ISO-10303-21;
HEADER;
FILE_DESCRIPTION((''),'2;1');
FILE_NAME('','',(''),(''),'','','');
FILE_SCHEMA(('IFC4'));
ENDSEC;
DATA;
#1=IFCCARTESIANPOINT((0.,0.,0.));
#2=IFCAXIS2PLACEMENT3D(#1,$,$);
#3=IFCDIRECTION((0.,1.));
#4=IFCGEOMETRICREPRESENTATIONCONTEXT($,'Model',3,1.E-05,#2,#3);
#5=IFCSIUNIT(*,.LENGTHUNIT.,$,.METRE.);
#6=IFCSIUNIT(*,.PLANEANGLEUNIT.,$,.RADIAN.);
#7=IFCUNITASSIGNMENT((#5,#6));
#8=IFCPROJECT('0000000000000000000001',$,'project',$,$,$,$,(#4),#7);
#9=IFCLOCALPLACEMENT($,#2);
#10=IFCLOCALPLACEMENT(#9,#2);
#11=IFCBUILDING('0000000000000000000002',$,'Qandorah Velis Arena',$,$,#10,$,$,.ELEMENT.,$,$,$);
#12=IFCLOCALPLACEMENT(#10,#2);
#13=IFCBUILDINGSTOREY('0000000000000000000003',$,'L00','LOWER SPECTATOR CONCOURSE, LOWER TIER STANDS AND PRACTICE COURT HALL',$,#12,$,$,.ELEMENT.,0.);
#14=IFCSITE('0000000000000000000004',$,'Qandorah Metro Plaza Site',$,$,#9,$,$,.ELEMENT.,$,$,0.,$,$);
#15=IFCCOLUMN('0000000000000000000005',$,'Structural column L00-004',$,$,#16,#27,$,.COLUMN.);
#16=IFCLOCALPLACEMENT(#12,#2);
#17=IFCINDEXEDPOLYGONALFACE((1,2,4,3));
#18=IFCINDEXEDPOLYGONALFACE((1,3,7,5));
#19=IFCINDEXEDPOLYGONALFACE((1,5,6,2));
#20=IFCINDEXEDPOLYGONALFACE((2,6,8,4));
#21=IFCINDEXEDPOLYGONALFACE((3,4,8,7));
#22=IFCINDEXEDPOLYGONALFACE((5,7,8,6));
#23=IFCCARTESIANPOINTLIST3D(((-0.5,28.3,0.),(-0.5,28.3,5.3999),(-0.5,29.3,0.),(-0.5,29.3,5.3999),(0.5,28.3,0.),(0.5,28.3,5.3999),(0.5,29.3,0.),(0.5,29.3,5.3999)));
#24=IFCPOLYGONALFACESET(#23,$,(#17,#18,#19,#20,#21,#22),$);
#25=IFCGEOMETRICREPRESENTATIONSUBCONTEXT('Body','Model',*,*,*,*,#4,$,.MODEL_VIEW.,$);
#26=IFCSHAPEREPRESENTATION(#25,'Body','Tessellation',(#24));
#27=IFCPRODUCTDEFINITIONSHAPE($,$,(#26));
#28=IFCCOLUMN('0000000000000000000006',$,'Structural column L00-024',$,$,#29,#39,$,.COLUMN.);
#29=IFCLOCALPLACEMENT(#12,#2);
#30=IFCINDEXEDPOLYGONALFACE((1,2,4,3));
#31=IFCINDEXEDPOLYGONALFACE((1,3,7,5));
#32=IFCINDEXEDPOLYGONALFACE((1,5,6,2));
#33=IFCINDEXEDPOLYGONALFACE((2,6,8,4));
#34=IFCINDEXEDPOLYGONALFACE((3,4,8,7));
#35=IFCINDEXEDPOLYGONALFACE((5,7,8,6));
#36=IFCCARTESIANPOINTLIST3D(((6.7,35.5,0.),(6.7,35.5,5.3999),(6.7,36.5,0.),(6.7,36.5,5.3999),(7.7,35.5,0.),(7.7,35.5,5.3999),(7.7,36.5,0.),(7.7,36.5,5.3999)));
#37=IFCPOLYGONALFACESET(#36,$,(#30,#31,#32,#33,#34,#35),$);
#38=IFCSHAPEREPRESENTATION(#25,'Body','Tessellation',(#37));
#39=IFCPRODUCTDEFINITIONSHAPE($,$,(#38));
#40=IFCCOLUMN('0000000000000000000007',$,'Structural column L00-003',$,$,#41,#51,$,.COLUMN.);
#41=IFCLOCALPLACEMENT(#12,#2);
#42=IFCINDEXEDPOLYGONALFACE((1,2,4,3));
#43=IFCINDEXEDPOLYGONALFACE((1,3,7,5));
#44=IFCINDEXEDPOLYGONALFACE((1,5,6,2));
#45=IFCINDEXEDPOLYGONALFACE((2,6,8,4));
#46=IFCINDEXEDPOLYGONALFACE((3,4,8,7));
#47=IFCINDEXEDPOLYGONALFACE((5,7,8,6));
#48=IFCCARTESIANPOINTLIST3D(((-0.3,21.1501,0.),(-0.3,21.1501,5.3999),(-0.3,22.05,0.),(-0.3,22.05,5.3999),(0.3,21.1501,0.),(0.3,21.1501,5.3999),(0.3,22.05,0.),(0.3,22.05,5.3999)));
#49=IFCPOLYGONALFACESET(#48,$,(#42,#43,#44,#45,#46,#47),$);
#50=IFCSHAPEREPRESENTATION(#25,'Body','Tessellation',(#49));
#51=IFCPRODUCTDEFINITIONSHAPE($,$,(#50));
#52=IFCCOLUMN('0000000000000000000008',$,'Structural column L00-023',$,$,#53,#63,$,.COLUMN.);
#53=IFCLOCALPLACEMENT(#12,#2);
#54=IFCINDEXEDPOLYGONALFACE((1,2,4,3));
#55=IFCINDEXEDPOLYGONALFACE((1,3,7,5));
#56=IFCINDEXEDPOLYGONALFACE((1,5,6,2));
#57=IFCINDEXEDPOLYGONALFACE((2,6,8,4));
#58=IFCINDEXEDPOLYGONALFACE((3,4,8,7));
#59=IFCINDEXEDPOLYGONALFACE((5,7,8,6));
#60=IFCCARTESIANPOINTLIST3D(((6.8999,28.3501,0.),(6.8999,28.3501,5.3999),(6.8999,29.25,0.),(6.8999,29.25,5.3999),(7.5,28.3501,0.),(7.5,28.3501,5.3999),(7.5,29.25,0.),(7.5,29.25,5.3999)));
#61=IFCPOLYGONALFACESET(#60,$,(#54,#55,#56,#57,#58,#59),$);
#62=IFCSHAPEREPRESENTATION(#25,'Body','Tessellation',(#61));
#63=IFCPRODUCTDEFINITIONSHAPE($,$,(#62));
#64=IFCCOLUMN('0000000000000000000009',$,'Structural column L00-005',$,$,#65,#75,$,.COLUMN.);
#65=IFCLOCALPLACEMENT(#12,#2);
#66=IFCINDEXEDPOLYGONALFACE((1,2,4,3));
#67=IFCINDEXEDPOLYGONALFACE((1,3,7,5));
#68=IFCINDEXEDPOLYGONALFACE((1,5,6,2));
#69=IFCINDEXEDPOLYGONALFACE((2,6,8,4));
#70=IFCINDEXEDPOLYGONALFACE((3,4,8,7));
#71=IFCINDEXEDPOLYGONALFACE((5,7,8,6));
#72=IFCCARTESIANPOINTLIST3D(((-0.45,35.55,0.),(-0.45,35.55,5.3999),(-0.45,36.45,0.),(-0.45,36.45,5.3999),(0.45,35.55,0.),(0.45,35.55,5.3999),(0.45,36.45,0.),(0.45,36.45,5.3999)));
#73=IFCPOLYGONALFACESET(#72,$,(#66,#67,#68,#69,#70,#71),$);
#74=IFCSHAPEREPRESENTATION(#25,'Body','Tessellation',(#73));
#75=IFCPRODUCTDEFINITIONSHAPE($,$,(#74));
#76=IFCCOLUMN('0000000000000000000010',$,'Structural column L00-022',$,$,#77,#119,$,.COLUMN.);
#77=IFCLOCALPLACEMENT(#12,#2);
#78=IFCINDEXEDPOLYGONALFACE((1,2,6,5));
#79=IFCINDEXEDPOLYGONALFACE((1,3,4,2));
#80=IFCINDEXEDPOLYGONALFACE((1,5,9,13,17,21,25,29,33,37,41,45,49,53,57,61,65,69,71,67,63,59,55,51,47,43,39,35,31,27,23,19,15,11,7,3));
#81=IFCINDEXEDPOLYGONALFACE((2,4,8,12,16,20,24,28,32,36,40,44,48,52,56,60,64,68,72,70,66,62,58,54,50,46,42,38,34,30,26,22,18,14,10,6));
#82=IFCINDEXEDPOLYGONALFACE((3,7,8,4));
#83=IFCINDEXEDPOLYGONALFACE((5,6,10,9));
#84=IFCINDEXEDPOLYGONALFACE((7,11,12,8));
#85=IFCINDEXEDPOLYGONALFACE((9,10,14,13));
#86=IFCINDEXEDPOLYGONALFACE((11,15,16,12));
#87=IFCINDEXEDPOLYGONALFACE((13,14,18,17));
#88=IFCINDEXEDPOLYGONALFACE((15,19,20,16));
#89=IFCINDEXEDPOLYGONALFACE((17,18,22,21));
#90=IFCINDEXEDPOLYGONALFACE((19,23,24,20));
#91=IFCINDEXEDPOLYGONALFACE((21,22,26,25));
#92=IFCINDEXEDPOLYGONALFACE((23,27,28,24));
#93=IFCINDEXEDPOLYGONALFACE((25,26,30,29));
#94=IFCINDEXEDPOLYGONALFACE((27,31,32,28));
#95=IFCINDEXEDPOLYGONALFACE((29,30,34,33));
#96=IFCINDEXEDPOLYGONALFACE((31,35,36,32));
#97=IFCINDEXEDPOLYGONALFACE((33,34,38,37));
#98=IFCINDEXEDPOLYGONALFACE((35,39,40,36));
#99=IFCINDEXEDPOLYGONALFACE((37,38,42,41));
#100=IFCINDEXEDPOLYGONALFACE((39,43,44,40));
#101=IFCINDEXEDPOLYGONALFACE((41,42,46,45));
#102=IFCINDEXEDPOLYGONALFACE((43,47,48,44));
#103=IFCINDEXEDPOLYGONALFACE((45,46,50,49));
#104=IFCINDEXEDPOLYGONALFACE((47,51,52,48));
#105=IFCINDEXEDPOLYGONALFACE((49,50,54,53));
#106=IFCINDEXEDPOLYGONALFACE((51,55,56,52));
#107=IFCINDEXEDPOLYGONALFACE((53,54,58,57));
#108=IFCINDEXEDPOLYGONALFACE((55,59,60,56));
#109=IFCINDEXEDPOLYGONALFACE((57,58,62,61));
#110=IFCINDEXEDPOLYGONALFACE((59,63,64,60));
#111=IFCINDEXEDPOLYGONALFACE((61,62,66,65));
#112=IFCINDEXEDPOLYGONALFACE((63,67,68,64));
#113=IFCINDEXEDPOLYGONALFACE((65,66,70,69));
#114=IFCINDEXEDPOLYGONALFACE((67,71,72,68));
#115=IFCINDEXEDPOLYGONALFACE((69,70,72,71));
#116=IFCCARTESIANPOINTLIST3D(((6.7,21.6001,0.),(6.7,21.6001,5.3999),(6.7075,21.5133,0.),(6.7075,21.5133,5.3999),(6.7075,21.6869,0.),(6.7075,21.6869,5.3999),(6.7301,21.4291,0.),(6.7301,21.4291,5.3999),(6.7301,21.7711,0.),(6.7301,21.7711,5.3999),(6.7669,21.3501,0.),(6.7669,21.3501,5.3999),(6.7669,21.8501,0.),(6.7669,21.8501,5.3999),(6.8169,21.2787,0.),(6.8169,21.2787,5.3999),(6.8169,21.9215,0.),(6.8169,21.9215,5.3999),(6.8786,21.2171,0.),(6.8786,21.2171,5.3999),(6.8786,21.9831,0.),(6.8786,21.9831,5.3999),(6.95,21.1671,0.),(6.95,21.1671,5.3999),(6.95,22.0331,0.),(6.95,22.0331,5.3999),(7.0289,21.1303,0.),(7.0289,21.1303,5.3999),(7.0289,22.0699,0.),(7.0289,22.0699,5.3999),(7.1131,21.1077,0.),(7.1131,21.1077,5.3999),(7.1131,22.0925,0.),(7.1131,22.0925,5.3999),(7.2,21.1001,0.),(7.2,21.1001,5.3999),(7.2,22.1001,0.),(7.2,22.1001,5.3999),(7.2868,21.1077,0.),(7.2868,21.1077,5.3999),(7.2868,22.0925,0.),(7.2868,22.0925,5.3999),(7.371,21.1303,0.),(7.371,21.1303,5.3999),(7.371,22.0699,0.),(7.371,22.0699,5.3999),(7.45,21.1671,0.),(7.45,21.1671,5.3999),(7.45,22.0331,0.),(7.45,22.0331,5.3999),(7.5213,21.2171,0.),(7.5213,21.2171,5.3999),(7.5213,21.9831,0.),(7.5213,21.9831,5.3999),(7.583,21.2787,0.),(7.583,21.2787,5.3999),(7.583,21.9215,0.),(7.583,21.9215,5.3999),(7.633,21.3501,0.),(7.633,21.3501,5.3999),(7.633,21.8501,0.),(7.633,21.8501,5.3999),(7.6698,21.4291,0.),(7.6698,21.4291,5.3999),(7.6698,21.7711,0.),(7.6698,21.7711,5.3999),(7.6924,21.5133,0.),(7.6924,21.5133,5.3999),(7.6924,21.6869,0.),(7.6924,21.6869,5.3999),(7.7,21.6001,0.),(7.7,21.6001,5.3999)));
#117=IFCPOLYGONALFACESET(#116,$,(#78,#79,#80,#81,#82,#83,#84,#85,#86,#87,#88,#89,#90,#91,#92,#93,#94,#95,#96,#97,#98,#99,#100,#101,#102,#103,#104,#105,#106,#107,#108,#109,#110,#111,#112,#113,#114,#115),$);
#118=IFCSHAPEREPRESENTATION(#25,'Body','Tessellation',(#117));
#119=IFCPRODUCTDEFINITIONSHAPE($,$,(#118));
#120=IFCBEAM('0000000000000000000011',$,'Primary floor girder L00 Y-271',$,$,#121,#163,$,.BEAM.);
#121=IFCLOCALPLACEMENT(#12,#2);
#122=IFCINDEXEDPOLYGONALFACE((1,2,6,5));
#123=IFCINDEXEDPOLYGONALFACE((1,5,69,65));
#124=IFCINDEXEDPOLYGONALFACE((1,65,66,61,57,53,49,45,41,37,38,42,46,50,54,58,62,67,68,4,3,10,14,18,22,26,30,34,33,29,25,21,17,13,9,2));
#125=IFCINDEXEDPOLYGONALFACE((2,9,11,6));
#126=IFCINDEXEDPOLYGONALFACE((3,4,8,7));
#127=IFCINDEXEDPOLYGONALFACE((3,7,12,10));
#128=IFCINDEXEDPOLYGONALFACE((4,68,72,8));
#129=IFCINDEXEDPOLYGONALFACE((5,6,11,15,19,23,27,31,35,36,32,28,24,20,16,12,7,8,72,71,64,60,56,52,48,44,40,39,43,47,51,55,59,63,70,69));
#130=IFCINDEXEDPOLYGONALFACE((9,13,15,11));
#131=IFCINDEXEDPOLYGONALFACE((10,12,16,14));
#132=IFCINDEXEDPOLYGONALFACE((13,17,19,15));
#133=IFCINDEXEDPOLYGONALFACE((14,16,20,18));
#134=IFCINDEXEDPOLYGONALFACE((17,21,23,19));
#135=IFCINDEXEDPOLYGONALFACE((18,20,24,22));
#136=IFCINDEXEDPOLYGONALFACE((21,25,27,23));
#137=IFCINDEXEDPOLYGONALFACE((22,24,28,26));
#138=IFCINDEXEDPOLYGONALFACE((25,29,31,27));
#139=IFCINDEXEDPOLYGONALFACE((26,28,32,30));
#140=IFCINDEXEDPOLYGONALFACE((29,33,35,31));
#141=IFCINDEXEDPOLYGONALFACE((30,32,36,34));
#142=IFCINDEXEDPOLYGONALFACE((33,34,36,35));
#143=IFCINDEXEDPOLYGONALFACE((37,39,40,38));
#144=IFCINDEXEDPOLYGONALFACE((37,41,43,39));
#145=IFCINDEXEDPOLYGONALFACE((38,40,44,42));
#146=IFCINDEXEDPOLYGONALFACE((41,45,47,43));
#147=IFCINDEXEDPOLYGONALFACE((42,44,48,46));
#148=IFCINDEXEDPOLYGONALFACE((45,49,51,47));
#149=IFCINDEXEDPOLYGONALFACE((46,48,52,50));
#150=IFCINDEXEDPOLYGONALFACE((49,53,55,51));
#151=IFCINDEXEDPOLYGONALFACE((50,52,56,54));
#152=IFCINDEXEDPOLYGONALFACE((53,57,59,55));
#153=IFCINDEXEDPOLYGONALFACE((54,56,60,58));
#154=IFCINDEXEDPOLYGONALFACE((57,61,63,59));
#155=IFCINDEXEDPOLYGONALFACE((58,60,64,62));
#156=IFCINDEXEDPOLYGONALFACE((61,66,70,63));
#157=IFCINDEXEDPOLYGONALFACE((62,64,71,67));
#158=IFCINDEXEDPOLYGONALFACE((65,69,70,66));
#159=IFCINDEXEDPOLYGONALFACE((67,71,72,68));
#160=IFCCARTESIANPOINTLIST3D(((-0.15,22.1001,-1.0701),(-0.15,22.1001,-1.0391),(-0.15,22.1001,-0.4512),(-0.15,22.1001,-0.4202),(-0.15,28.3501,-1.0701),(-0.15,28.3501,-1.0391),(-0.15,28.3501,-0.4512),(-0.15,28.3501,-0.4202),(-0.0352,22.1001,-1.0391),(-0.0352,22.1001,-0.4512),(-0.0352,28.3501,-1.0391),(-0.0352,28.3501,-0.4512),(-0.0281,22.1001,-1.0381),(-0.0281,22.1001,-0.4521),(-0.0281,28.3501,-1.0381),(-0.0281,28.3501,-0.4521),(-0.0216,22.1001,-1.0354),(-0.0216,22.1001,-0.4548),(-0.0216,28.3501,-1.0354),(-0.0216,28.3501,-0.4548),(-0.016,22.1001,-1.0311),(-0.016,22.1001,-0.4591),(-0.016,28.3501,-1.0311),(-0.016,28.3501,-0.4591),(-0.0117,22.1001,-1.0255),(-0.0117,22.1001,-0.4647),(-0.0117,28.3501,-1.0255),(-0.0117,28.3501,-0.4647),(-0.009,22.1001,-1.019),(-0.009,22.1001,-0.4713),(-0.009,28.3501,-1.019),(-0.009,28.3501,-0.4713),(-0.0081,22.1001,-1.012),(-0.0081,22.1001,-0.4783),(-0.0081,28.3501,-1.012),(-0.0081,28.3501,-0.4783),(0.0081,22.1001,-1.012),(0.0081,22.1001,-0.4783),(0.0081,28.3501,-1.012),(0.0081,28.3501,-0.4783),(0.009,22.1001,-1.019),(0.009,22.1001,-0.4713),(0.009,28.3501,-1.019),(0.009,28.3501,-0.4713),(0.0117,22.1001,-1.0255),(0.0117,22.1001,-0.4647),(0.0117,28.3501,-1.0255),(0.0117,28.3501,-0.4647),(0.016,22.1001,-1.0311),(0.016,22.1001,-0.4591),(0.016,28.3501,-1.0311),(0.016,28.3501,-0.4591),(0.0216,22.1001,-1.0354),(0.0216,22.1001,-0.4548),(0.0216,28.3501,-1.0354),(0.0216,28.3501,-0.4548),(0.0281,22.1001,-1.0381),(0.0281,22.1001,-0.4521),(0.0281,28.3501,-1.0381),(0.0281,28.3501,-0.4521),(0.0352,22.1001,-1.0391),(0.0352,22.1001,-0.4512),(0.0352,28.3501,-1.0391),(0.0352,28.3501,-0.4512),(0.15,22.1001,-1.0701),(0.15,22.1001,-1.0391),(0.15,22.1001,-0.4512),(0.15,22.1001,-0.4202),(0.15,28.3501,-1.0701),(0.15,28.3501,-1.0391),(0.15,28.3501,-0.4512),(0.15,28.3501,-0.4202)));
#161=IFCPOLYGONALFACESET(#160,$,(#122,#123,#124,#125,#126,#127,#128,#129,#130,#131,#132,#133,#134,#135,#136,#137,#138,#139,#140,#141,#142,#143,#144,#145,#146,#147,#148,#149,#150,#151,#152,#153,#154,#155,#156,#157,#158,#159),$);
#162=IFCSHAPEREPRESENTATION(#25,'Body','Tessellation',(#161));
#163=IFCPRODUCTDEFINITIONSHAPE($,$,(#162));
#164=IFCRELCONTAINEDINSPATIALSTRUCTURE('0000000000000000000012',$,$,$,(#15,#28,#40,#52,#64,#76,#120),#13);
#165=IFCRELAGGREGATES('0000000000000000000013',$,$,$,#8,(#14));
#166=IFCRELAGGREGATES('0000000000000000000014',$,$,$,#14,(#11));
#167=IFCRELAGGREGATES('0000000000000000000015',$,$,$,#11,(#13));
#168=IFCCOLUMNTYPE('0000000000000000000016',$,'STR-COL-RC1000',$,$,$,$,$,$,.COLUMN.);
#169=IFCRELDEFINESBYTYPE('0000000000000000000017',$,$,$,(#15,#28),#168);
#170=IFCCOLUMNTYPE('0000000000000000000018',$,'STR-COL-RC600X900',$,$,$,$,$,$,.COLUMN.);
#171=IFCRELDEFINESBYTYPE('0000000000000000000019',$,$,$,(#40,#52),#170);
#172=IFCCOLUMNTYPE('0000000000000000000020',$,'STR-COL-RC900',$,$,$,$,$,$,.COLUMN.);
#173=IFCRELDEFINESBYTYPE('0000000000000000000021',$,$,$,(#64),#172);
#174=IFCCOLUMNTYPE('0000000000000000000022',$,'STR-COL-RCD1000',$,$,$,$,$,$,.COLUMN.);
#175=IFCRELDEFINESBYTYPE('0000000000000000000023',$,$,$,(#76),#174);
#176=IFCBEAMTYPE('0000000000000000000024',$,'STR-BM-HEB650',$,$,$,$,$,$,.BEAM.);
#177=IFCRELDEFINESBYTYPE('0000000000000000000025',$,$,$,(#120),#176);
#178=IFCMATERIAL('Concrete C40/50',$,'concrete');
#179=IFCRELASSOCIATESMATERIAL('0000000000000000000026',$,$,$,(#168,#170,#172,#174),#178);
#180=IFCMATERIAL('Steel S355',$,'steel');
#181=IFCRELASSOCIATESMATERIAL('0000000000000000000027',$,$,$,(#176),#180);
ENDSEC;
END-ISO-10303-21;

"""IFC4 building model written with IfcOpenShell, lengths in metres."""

from ifc_helpers import new_model, si_unit, direction, frame, origin, origin_2d, place, context, subcontext, project, spatial, rectangle, circle, i_section, extrude, material, material_profile, profile_set, type_object, element, save


model = new_model("IFC4")

# Units and contexts
model_context = context("Model", 3, precision=1e-05, world=origin(), true_north=direction((0.0, 1.0)))
body_context = subcontext(model_context, "Body", "Model", "MODEL_VIEW")
ifc_project = project(units=[si_unit("LENGTHUNIT", "METRE"), si_unit("PLANEANGLEUNIT", "RADIAN")], contexts=[model_context])

# Site, building, storey
site_placement = place(None, origin())
site = spatial("IfcSite", under=ifc_project, at=site_placement, Name="Qandorah Metro Plaza Site", CompositionType="ELEMENT", RefElevation=0.0)
building_placement = place(site_placement, origin())
building = spatial("IfcBuilding", under=site, at=building_placement, Name="Qandorah Velis Arena", CompositionType="ELEMENT")
storey_placement = place(building_placement, origin())
storey = spatial("IfcBuildingStorey", under=building, at=storey_placement, Name="L00", Description="LOWER SPECTATOR CONCOURSE, LOWER TIER STANDS AND PRACTICE COURT HALL", CompositionType="ELEMENT", Elevation=0.0)

# Columns
ifc_material_1 = material(Name="Concrete C40/50", Category="concrete")
ifc_material_profile_1 = material_profile(ifc_material_1, rectangle(XDim=1.0, YDim=1.0, at=origin_2d()), Name="RC COL 1000x1000")
ifc_profile_set_1 = profile_set([ifc_material_profile_1], Name="Concrete C40/50")
column_type_1 = type_object("IfcColumnType", Name="STR-COL-RC1000", PredefinedType="COLUMN", material=ifc_profile_set_1)
for number, where, z_axis, x_axis, name in (
    (1, (0.0, 28.8, 0.0), (0.0, 0.0, 1.0), (1.0, 0.0, 0.0), "Structural column L00-004"),
    (2, (7.2, 36.0, 0.0), (0.0, 0.0, 1.0), (1.0, 0.0, 0.0), "Structural column L00-024"),
):
    element("IfcColumn", number, at=place(storey_placement, frame(where, z_axis=z_axis, x_axis=x_axis)), inside=storey, type_object=column_type_1, Name=name, PredefinedType="COLUMN", context=body_context, shape_type="SweptSolid", body=[
        extrude(rectangle(XDim=1.0, YDim=1.0, at=origin_2d()), origin(), (0.0, 0.0, 1.0), 5.3999),
    ])
ifc_material_profile_2 = material_profile(ifc_material_1, rectangle(XDim=0.6001, YDim=0.8999, at=origin_2d()), Name="RC COL 600x900")
ifc_profile_set_2 = profile_set([ifc_material_profile_2], Name="Concrete C40/50")
column_type_2 = type_object("IfcColumnType", Name="STR-COL-RC600X900", PredefinedType="COLUMN", material=ifc_profile_set_2)
for number, where, z_axis, x_axis, name in (
    (3, (0.0, 21.6001, 0.0), (0.0, 0.0, 1.0), (1.0, 0.0, 0.0), "Structural column L00-003"),
    (4, (7.2, 28.8, 0.0), (0.0, 0.0, 1.0), (1.0, 0.0, 0.0), "Structural column L00-023"),
):
    element("IfcColumn", number, at=place(storey_placement, frame(where, z_axis=z_axis, x_axis=x_axis)), inside=storey, type_object=column_type_2, Name=name, PredefinedType="COLUMN", context=body_context, shape_type="SweptSolid", body=[
        extrude(rectangle(XDim=0.6001, YDim=0.8999, at=origin_2d()), origin(), (0.0, 0.0, 1.0), 5.3999),
    ])
ifc_material_profile_3 = material_profile(ifc_material_1, rectangle(XDim=0.8999, YDim=0.8999, at=origin_2d()), Name="RC COL 900x900")
ifc_profile_set_3 = profile_set([ifc_material_profile_3], Name="Concrete C40/50")
column_type_3 = type_object("IfcColumnType", Name="STR-COL-RC900", PredefinedType="COLUMN", material=ifc_profile_set_3)
column_1_placement = place(storey_placement, frame((0.0, 36.0, 0.0), z_axis=(0.0, 0.0, 1.0), x_axis=(1.0, 0.0, 0.0)))
element("IfcColumn", 5, at=column_1_placement, inside=storey, type_object=column_type_3, Name="Structural column L00-005", PredefinedType="COLUMN", context=body_context, shape_type="SweptSolid", body=[
    extrude(rectangle(XDim=0.8999, YDim=0.8999, at=origin_2d()), origin(), (0.0, 0.0, 1.0), 5.3999),
])
ifc_material_profile_4 = material_profile(ifc_material_1, circle(Radius=0.5, at=origin_2d()), Name="RC D1000")
ifc_profile_set_4 = profile_set([ifc_material_profile_4], Name="Concrete C40/50")
column_type_4 = type_object("IfcColumnType", Name="STR-COL-RCD1000", PredefinedType="COLUMN", material=ifc_profile_set_4)
column_2_placement = place(storey_placement, frame((7.2, 21.6001, 0.0), z_axis=(0.0, 0.0, 1.0), x_axis=(1.0, 0.0, 0.0)))
element("IfcColumn", 6, at=column_2_placement, inside=storey, type_object=column_type_4, Name="Structural column L00-022", PredefinedType="COLUMN", context=body_context, shape_type="SweptSolid", body=[
    extrude(circle(Radius=0.5, at=origin_2d()), origin(), (0.0, 0.0, 1.0), 5.3999),
])

# Beam
ifc_material_2 = material(Name="Steel S355", Category="steel")
ifc_material_profile_5 = material_profile(ifc_material_2, i_section(OverallWidth=0.3, OverallDepth=0.6499, WebThickness=0.0161, FlangeThickness=0.031, FilletRadius=0.0271, at=origin_2d()), Name="HEB 650")
ifc_profile_set_5 = profile_set([ifc_material_profile_5], Name="Steel S355")
beam_type_1 = type_object("IfcBeamType", Name="STR-BM-HEB650", PredefinedType="BEAM", material=ifc_profile_set_5)
beam_1_placement = place(storey_placement, frame((0.0, 22.1001, -0.7451), z_axis=(0.0, 1.0, 0.0), x_axis=(-1.0, 0.0, 0.0)))
element("IfcBeam", 7, at=beam_1_placement, inside=storey, type_object=beam_type_1, Name="Primary floor girder L00 Y-271", PredefinedType="BEAM", context=body_context, shape_type="SweptSolid", body=[
    extrude(i_section(OverallWidth=0.3, OverallDepth=0.6499, WebThickness=0.0161, FlangeThickness=0.031, FilletRadius=0.0271, at=origin_2d()), origin(), (0.0, 0.0, 1.0), 6.25),
])

save(model, "model.ifc")
